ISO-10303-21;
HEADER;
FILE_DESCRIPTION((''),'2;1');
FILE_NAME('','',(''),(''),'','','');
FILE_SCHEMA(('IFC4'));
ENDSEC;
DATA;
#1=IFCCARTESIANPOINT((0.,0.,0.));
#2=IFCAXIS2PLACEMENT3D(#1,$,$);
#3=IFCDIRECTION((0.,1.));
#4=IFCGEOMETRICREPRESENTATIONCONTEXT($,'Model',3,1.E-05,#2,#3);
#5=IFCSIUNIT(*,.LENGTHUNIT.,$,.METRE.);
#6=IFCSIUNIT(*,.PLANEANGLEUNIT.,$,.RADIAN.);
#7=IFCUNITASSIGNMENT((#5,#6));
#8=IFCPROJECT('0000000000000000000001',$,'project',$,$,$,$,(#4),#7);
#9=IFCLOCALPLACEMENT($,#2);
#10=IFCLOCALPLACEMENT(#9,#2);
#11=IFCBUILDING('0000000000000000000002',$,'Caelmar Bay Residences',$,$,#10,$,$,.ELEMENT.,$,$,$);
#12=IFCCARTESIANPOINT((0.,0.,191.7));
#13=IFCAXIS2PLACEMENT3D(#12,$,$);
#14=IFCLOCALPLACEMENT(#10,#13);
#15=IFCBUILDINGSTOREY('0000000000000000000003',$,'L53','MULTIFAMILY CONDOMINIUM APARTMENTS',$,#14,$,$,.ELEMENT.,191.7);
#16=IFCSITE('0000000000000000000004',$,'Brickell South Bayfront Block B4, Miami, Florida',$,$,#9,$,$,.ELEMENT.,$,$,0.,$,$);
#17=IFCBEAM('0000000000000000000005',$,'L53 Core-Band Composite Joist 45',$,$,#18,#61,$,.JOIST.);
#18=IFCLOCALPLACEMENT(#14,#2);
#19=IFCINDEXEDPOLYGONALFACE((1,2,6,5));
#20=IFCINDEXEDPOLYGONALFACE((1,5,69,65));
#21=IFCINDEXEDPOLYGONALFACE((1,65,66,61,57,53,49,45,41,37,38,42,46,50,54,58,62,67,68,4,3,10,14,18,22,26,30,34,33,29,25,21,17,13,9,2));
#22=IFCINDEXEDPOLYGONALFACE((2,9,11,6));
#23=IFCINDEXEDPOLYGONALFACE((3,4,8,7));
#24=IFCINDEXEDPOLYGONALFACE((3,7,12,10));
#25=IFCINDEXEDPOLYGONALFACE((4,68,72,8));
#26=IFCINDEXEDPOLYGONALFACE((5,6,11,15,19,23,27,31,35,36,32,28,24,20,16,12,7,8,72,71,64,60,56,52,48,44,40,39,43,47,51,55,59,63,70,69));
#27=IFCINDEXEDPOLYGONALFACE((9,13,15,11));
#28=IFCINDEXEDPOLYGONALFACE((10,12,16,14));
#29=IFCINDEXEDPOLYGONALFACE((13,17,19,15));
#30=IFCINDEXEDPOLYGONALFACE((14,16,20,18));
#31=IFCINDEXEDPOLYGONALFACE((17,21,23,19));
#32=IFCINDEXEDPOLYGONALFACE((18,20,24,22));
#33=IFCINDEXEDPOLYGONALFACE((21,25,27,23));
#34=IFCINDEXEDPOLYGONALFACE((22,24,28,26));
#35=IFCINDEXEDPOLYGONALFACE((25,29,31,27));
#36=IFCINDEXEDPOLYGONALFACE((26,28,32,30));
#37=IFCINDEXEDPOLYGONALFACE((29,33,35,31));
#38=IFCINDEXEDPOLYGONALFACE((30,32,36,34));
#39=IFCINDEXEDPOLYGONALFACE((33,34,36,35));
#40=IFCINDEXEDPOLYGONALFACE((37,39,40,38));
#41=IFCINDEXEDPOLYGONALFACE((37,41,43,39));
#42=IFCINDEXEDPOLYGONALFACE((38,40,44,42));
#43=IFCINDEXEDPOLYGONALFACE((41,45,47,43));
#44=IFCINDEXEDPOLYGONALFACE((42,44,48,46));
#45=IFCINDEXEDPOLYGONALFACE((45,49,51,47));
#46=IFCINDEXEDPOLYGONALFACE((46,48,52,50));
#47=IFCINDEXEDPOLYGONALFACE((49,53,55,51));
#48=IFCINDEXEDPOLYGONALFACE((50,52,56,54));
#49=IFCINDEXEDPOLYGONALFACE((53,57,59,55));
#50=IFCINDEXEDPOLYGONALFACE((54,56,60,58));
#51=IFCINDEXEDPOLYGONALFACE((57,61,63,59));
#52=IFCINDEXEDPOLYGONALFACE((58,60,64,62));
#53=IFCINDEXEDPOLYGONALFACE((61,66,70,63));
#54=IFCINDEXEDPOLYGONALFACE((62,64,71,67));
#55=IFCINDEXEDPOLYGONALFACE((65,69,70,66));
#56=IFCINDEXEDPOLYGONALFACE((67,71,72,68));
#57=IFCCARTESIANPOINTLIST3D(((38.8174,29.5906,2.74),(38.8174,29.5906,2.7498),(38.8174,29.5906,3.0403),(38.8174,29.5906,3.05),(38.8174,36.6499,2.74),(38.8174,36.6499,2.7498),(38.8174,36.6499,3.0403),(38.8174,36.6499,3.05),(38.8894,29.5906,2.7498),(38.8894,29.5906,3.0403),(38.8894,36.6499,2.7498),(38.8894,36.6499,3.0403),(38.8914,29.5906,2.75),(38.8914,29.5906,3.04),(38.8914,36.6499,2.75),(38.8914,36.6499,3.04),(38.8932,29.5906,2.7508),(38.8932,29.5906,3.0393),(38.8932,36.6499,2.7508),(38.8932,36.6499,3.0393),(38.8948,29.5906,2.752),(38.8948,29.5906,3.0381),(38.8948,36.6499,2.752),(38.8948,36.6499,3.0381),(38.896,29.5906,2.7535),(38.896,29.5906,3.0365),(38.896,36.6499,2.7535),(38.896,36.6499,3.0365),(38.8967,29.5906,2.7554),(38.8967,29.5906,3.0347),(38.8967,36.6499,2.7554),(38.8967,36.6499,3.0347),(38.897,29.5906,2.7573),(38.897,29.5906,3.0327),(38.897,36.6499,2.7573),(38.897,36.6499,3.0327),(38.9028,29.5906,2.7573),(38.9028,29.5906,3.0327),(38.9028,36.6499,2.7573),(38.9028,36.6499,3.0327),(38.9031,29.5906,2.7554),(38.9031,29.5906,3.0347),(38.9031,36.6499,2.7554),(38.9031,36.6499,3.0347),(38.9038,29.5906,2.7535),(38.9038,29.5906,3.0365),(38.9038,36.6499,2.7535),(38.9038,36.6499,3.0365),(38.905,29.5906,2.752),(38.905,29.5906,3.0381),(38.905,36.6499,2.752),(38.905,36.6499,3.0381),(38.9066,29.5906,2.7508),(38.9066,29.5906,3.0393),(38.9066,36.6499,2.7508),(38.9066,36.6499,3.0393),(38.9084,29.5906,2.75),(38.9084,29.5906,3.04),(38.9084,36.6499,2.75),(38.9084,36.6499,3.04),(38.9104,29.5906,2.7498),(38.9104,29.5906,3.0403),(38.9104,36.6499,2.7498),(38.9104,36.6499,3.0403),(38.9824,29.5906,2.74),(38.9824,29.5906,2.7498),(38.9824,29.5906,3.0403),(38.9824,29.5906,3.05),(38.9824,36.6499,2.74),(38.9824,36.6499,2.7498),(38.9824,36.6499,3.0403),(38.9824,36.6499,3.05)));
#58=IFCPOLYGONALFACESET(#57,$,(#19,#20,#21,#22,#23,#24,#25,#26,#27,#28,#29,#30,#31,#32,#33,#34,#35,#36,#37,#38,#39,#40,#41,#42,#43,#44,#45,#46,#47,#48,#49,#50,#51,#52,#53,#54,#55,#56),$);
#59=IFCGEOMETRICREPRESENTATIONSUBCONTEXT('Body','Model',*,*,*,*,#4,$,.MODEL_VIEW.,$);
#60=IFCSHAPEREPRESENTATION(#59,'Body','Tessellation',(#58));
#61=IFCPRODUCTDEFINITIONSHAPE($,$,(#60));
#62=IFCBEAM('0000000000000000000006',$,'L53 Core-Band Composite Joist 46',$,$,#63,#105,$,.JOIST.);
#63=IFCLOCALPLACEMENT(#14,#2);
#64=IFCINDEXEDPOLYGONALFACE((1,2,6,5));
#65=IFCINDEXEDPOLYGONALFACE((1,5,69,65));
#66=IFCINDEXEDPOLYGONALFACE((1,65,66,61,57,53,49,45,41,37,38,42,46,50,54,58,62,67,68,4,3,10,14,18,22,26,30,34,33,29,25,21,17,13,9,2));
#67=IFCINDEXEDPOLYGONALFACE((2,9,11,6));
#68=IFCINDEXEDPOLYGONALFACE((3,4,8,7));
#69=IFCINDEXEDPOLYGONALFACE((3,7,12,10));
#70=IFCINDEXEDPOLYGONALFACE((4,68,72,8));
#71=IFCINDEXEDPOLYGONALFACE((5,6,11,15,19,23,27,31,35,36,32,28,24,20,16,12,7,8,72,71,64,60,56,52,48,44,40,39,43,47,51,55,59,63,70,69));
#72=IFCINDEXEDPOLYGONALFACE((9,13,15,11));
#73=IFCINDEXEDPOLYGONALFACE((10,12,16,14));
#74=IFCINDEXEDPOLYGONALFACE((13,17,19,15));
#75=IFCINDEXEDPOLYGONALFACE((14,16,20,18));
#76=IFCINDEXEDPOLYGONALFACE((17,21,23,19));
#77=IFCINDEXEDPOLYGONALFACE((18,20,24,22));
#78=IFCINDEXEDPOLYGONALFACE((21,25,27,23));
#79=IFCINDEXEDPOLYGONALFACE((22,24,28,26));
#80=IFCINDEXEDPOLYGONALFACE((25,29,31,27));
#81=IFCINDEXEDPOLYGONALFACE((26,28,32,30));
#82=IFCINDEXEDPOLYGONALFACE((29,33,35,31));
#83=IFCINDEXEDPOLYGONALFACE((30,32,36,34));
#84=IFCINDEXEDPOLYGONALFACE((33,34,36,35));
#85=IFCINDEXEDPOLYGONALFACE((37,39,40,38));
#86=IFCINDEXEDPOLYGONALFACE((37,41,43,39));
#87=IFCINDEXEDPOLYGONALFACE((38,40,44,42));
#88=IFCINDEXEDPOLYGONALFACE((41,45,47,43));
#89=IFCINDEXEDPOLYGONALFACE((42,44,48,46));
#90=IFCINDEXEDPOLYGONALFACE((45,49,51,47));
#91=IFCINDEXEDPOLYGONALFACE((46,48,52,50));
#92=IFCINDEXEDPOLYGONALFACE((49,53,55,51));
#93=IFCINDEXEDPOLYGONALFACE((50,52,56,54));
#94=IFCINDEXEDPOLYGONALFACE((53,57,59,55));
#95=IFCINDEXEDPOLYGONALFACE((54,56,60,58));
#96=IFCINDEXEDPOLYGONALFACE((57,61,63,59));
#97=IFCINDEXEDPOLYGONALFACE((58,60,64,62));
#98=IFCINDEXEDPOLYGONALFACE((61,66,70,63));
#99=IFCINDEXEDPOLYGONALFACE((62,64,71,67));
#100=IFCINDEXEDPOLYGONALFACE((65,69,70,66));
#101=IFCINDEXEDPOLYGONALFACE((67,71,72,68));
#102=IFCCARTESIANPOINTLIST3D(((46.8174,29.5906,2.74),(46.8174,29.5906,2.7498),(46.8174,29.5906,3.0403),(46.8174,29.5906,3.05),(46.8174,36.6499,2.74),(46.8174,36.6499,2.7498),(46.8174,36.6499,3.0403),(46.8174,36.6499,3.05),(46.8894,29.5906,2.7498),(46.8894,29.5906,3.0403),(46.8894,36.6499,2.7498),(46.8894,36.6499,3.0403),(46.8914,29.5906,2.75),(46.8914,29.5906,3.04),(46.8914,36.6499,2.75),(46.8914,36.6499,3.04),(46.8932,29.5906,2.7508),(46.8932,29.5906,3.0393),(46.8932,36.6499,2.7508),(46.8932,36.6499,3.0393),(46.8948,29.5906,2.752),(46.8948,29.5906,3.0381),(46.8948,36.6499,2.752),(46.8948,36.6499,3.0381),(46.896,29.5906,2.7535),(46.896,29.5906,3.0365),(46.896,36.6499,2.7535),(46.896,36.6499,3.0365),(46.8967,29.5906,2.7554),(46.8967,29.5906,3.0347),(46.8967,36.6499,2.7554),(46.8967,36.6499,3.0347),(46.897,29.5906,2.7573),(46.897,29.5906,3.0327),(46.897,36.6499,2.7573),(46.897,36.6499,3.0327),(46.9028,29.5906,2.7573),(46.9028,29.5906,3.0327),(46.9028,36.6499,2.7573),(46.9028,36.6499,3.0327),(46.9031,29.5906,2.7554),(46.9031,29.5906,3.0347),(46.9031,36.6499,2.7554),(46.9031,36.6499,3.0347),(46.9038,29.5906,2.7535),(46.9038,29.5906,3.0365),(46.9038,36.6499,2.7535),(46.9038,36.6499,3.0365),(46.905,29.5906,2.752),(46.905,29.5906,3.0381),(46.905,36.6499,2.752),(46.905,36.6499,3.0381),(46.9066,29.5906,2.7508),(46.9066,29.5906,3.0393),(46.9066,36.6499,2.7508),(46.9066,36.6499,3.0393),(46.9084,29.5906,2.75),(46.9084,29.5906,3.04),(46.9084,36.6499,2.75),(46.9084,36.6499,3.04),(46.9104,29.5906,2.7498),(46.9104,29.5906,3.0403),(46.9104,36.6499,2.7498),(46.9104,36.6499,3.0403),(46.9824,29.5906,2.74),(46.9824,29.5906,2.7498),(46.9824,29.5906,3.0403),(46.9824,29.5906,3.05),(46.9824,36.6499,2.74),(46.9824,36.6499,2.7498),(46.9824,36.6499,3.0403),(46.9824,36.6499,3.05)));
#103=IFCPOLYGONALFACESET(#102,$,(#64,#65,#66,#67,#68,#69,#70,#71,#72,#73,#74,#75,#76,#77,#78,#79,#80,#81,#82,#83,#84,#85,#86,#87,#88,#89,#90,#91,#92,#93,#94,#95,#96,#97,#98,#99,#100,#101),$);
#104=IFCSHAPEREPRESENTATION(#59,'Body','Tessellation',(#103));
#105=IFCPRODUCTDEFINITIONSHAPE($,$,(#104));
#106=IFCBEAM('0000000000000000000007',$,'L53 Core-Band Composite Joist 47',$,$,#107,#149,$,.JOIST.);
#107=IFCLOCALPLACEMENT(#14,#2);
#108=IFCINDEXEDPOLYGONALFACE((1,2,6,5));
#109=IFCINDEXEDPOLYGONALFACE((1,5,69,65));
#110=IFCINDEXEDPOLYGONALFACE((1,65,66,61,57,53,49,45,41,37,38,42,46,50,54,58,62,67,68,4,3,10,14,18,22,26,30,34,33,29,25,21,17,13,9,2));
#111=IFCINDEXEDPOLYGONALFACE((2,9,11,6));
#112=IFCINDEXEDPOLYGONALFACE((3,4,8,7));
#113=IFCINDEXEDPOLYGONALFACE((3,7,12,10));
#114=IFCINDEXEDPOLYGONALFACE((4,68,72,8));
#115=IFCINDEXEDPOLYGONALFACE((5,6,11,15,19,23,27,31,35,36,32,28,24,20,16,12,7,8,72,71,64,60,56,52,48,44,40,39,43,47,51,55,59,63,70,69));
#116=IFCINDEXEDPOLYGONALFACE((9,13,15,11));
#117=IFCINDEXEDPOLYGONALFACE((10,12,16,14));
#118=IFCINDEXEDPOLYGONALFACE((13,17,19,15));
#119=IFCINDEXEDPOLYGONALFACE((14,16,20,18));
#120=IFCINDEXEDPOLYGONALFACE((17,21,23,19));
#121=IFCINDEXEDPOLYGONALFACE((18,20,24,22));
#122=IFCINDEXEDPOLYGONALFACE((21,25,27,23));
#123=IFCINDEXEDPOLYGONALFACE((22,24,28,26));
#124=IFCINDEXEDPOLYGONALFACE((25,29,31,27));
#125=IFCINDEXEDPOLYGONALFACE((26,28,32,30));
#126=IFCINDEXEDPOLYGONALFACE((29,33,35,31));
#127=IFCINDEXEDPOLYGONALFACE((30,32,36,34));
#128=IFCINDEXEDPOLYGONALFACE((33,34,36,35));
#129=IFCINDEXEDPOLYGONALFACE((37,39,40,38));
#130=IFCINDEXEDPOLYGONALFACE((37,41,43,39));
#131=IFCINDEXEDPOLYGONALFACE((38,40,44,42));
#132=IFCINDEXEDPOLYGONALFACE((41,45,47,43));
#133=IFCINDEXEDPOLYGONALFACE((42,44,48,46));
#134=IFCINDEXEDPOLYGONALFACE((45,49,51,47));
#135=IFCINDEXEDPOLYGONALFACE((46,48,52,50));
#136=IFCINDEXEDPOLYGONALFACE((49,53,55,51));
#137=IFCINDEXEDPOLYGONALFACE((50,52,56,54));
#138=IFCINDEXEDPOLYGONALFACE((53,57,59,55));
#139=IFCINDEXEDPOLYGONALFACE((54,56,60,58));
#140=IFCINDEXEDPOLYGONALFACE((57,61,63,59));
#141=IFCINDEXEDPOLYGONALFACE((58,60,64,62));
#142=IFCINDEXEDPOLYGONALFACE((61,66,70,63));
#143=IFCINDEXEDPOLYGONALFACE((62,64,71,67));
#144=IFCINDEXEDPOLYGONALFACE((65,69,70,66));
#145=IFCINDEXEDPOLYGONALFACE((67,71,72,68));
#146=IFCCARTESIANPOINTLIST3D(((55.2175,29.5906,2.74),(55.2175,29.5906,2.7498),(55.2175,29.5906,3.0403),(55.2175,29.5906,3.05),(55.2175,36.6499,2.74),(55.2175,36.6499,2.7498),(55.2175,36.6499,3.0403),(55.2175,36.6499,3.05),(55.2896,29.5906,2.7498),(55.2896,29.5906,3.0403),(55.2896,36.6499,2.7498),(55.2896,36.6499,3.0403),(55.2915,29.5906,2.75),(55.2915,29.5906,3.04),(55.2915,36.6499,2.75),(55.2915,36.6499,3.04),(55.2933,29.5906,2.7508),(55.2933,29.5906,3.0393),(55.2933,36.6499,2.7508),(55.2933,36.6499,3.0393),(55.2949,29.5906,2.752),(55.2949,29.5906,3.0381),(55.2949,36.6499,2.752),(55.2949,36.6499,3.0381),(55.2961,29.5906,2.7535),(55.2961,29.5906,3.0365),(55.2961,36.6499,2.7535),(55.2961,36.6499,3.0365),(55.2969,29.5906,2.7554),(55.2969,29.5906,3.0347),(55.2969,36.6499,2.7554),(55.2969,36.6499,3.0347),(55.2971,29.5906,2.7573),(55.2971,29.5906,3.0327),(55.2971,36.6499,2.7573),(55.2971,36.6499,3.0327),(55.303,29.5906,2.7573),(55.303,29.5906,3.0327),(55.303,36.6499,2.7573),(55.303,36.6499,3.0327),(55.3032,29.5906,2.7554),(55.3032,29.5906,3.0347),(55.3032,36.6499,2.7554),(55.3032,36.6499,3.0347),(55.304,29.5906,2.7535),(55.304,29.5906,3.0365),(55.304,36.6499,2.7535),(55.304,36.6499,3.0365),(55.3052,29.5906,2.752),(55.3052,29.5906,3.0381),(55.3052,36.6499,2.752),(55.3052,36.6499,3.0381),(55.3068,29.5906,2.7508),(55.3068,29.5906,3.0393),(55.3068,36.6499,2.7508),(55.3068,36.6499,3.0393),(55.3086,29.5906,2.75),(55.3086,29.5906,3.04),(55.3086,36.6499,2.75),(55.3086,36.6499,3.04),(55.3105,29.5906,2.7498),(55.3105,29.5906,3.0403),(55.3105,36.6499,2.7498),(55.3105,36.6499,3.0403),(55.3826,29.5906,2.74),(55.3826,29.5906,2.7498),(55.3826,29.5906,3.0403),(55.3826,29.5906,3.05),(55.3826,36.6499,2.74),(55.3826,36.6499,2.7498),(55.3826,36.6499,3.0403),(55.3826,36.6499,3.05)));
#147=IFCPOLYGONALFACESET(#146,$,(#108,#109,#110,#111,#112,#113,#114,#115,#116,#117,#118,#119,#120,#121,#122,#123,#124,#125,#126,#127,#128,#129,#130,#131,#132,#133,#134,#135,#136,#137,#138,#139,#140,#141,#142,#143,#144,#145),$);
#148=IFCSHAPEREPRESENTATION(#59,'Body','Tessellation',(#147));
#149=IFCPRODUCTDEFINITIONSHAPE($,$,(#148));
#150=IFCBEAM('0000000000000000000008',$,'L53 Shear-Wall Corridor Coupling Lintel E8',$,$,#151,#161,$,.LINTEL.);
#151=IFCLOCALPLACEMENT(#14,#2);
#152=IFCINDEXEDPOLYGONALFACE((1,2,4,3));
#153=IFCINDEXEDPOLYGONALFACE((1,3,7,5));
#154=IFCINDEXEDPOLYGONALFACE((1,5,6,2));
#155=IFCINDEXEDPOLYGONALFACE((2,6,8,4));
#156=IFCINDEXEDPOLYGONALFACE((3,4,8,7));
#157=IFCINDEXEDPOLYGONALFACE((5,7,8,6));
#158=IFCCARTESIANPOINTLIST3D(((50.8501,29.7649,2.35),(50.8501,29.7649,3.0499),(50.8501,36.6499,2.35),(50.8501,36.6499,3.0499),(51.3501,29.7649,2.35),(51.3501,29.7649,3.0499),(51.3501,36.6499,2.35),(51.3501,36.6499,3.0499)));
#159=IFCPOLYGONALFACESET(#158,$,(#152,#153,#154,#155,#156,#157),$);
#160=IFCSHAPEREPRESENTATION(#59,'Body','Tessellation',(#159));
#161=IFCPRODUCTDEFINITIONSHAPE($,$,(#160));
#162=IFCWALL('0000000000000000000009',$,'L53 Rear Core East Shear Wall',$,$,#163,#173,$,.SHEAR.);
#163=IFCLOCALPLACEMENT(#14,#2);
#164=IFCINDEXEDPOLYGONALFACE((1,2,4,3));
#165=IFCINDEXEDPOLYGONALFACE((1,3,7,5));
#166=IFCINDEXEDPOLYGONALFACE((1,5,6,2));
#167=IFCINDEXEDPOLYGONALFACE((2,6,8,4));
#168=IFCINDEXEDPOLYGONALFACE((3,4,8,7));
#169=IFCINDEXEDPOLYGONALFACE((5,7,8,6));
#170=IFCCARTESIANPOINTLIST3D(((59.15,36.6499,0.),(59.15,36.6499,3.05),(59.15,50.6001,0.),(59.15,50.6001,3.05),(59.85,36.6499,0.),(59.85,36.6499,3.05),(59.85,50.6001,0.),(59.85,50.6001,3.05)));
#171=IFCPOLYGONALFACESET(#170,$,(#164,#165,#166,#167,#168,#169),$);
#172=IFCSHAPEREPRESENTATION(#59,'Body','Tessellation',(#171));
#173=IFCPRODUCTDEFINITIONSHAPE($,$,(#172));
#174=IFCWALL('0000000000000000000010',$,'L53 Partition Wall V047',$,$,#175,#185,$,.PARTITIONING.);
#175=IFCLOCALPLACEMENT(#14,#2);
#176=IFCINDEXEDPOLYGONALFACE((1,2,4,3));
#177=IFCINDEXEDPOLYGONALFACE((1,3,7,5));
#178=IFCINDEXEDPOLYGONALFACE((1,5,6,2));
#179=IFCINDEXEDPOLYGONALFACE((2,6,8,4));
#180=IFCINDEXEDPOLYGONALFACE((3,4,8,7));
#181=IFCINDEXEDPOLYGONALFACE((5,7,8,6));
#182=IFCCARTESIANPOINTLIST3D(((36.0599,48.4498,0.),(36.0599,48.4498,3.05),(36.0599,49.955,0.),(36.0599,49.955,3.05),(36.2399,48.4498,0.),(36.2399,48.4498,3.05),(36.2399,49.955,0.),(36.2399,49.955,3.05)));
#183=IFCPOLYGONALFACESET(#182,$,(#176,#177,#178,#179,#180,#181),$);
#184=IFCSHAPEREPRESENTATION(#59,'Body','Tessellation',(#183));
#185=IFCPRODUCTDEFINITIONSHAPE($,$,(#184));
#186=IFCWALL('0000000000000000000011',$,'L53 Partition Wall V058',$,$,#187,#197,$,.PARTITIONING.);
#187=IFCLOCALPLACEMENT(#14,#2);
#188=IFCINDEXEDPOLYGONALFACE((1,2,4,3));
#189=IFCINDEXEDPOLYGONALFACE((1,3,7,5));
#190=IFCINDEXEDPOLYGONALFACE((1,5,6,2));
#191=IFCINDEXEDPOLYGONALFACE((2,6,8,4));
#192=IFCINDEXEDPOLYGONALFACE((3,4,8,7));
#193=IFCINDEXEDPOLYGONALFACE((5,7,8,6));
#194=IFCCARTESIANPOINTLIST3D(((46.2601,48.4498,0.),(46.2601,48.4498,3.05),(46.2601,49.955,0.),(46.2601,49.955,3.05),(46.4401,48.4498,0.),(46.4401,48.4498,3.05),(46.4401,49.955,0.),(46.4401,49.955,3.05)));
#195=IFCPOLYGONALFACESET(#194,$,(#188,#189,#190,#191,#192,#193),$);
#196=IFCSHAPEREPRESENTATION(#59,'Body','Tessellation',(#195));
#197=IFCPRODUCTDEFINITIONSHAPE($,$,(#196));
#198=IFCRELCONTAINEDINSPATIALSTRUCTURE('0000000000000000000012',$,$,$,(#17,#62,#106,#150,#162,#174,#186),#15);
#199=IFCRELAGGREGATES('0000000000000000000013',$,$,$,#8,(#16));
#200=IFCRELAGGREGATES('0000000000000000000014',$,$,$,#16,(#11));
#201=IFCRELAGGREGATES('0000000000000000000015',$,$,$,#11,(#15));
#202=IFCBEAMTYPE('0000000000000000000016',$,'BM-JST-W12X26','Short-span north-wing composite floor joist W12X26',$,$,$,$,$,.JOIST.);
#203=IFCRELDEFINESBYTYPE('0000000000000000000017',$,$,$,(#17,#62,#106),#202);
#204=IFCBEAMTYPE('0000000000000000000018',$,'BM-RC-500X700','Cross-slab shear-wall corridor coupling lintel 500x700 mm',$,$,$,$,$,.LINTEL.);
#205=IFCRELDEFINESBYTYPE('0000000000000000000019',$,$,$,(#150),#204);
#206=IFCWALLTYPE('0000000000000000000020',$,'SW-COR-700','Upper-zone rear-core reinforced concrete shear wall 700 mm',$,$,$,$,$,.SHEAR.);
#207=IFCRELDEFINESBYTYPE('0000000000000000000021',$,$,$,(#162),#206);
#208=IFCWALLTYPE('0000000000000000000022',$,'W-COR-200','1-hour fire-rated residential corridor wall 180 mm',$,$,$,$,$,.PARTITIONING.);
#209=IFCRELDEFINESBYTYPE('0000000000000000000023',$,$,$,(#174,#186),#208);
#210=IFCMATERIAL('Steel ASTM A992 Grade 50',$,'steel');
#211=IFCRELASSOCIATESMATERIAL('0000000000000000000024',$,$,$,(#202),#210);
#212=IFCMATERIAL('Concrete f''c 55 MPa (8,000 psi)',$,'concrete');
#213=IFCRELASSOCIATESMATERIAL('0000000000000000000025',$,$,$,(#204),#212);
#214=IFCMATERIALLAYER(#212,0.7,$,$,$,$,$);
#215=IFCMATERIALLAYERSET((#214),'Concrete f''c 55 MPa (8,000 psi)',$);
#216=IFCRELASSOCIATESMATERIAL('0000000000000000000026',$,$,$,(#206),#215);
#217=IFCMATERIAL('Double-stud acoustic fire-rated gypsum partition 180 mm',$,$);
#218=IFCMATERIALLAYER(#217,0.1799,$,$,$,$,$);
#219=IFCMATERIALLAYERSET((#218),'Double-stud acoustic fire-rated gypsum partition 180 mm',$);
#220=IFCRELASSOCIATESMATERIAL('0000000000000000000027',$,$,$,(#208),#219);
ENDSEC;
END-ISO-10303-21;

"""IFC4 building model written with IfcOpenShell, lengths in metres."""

from ifc_helpers import new_model, si_unit, direction, frame, frame_2d, origin, origin_2d, place, context, subcontext, project, spatial, rectangle, i_section, extrude, material, layer, layer_set, material_profile, profile_set, type_object, element, save


model = new_model("IFC4")

# Units and contexts
model_context = context("Model", 3, precision=1e-05, world=origin(), true_north=direction((0.0, 1.0)))
body_context = subcontext(model_context, "Body", "Model", "MODEL_VIEW")
ifc_project = project(units=[si_unit("LENGTHUNIT", "METRE"), si_unit("PLANEANGLEUNIT", "RADIAN")], contexts=[model_context])

# Site, building, storey
site_placement = place(None, origin())
site = spatial("IfcSite", under=ifc_project, at=site_placement, Name="Brickell South Bayfront Block B4, Miami, Florida", CompositionType="ELEMENT", RefElevation=0.0)
building_placement = place(site_placement, origin())
building = spatial("IfcBuilding", under=site, at=building_placement, Name="Caelmar Bay Residences", CompositionType="ELEMENT")
storey_placement = place(building_placement, frame((0.0, 0.0, 191.7)))
storey = spatial("IfcBuildingStorey", under=building, at=storey_placement, Name="L53", Description="MULTIFAMILY CONDOMINIUM APARTMENTS", CompositionType="ELEMENT", Elevation=191.7)

# Shared definitions
ifc_material_1 = material(Name="Concrete f'c 55 MPa (8,000 psi)", Category="concrete")

# Beams
ifc_material_2 = material(Name="Steel ASTM A992 Grade 50", Category="steel")
ifc_material_profile_1 = material_profile(ifc_material_2, i_section(OverallWidth=0.165, OverallDepth=0.3101, WebThickness=0.0059, FlangeThickness=0.0098, FilletRadius=0.0076, at=origin_2d()), Name="W12X26")
ifc_profile_set_1 = profile_set([ifc_material_profile_1], Name="Steel ASTM A992 Grade 50")
beam_type_1 = type_object("IfcBeamType", Name="BM-JST-W12X26", Description="Short-span north-wing composite floor joist W12X26", PredefinedType="JOIST", material=ifc_profile_set_1)
for number, where, z_axis, x_axis, name in (
    (1, (38.8999, 29.5906, 2.895), (0.0, 1.0, 0.0), (-1.0, 0.0, 0.0), "L53 Core-Band Composite Joist 45"),
    (2, (46.8999, 29.5906, 2.895), (0.0, 1.0, 0.0), (-1.0, 0.0, 0.0), "L53 Core-Band Composite Joist 46"),
    (3, (55.3, 29.5906, 2.895), (0.0, 1.0, 0.0), (-1.0, 0.0, 0.0), "L53 Core-Band Composite Joist 47"),
):
    element("IfcBeam", number, at=place(storey_placement, frame(where, z_axis=z_axis, x_axis=x_axis)), inside=storey, type_object=beam_type_1, Name=name, PredefinedType="JOIST", context=body_context, shape_type="SweptSolid", body=[
        extrude(i_section(OverallWidth=0.165, OverallDepth=0.3101, WebThickness=0.0059, FlangeThickness=0.0098, FilletRadius=0.0076, at=origin_2d()), origin(), (0.0, 0.0, 1.0), 7.0593),
    ])
ifc_material_profile_2 = material_profile(ifc_material_1, rectangle(XDim=0.5, YDim=0.7, at=origin_2d()), Name="RC-BM-500X700")
ifc_profile_set_2 = profile_set([ifc_material_profile_2], Name="Concrete f'c 55 MPa (8,000 psi)")
beam_type_2 = type_object("IfcBeamType", Name="BM-RC-500X700", Description="Cross-slab shear-wall corridor coupling lintel 500x700 mm", PredefinedType="LINTEL", material=ifc_profile_set_2)
beam_1_placement = place(storey_placement, frame((51.1001, 29.7649, 2.7), z_axis=(0.0, 1.0, 0.0), x_axis=(-1.0, 0.0, 0.0)))
element("IfcBeam", 4, at=beam_1_placement, inside=storey, type_object=beam_type_2, Name="L53 Shear-Wall Corridor Coupling Lintel E8", PredefinedType="LINTEL", context=body_context, shape_type="SweptSolid", body=[
    extrude(rectangle(XDim=0.5, YDim=0.7, at=origin_2d()), origin(), (0.0, 0.0, 1.0), 6.885),
])

# Wall
ifc_layer_1 = layer(ifc_material_1, 0.7)
ifc_layer_set_1 = layer_set([ifc_layer_1], Name="Concrete f'c 55 MPa (8,000 psi)")
wall_type_1 = type_object("IfcWallType", Name="SW-COR-700", Description="Upper-zone rear-core reinforced concrete shear wall 700 mm", PredefinedType="SHEAR", material=ifc_layer_set_1)
wall_1_placement = place(storey_placement, frame((59.5, 36.6499, 0.0), z_axis=(0.0, 0.0, 1.0), x_axis=(0.0, 1.0, 0.0)))
element("IfcWall", 5, at=wall_1_placement, inside=storey, type_object=wall_type_1, Name="L53 Rear Core East Shear Wall", PredefinedType="SHEAR", context=body_context, shape_type="SweptSolid", body=[
    extrude(rectangle(XDim=13.9502, YDim=0.7, at=frame_2d((6.9751, 0.0))), origin(), (0.0, 0.0, 1.0), 3.05),
])

# Walls
ifc_material_3 = material(Name="Double-stud acoustic fire-rated gypsum partition 180 mm")
ifc_layer_2 = layer(ifc_material_3, 0.1799)
ifc_layer_set_2 = layer_set([ifc_layer_2], Name="Double-stud acoustic fire-rated gypsum partition 180 mm")
wall_type_2 = type_object("IfcWallType", Name="W-COR-200", Description="1-hour fire-rated residential corridor wall 180 mm", PredefinedType="PARTITIONING", material=ifc_layer_set_2)
for number, where, z_axis, x_axis, name in (
    (6, (36.1499, 48.45, 0.0), (0.0, 0.0, 1.0), (0.0, 1.0, 0.0), "L53 Partition Wall V047"),
    (7, (46.3501, 48.45, 0.0), (0.0, 0.0, 1.0), (0.0, 1.0, 0.0), "L53 Partition Wall V058"),
):
    element("IfcWall", number, at=place(storey_placement, frame(where, z_axis=z_axis, x_axis=x_axis)), inside=storey, type_object=wall_type_2, Name=name, PredefinedType="PARTITIONING", context=body_context, shape_type="SweptSolid", body=[
        extrude(rectangle(XDim=1.5051, YDim=0.1799, at=frame_2d((0.7524, 0.0))), origin(), (0.0, 0.0, 1.0), 3.05),
    ])

save(model, "model.ifc")
